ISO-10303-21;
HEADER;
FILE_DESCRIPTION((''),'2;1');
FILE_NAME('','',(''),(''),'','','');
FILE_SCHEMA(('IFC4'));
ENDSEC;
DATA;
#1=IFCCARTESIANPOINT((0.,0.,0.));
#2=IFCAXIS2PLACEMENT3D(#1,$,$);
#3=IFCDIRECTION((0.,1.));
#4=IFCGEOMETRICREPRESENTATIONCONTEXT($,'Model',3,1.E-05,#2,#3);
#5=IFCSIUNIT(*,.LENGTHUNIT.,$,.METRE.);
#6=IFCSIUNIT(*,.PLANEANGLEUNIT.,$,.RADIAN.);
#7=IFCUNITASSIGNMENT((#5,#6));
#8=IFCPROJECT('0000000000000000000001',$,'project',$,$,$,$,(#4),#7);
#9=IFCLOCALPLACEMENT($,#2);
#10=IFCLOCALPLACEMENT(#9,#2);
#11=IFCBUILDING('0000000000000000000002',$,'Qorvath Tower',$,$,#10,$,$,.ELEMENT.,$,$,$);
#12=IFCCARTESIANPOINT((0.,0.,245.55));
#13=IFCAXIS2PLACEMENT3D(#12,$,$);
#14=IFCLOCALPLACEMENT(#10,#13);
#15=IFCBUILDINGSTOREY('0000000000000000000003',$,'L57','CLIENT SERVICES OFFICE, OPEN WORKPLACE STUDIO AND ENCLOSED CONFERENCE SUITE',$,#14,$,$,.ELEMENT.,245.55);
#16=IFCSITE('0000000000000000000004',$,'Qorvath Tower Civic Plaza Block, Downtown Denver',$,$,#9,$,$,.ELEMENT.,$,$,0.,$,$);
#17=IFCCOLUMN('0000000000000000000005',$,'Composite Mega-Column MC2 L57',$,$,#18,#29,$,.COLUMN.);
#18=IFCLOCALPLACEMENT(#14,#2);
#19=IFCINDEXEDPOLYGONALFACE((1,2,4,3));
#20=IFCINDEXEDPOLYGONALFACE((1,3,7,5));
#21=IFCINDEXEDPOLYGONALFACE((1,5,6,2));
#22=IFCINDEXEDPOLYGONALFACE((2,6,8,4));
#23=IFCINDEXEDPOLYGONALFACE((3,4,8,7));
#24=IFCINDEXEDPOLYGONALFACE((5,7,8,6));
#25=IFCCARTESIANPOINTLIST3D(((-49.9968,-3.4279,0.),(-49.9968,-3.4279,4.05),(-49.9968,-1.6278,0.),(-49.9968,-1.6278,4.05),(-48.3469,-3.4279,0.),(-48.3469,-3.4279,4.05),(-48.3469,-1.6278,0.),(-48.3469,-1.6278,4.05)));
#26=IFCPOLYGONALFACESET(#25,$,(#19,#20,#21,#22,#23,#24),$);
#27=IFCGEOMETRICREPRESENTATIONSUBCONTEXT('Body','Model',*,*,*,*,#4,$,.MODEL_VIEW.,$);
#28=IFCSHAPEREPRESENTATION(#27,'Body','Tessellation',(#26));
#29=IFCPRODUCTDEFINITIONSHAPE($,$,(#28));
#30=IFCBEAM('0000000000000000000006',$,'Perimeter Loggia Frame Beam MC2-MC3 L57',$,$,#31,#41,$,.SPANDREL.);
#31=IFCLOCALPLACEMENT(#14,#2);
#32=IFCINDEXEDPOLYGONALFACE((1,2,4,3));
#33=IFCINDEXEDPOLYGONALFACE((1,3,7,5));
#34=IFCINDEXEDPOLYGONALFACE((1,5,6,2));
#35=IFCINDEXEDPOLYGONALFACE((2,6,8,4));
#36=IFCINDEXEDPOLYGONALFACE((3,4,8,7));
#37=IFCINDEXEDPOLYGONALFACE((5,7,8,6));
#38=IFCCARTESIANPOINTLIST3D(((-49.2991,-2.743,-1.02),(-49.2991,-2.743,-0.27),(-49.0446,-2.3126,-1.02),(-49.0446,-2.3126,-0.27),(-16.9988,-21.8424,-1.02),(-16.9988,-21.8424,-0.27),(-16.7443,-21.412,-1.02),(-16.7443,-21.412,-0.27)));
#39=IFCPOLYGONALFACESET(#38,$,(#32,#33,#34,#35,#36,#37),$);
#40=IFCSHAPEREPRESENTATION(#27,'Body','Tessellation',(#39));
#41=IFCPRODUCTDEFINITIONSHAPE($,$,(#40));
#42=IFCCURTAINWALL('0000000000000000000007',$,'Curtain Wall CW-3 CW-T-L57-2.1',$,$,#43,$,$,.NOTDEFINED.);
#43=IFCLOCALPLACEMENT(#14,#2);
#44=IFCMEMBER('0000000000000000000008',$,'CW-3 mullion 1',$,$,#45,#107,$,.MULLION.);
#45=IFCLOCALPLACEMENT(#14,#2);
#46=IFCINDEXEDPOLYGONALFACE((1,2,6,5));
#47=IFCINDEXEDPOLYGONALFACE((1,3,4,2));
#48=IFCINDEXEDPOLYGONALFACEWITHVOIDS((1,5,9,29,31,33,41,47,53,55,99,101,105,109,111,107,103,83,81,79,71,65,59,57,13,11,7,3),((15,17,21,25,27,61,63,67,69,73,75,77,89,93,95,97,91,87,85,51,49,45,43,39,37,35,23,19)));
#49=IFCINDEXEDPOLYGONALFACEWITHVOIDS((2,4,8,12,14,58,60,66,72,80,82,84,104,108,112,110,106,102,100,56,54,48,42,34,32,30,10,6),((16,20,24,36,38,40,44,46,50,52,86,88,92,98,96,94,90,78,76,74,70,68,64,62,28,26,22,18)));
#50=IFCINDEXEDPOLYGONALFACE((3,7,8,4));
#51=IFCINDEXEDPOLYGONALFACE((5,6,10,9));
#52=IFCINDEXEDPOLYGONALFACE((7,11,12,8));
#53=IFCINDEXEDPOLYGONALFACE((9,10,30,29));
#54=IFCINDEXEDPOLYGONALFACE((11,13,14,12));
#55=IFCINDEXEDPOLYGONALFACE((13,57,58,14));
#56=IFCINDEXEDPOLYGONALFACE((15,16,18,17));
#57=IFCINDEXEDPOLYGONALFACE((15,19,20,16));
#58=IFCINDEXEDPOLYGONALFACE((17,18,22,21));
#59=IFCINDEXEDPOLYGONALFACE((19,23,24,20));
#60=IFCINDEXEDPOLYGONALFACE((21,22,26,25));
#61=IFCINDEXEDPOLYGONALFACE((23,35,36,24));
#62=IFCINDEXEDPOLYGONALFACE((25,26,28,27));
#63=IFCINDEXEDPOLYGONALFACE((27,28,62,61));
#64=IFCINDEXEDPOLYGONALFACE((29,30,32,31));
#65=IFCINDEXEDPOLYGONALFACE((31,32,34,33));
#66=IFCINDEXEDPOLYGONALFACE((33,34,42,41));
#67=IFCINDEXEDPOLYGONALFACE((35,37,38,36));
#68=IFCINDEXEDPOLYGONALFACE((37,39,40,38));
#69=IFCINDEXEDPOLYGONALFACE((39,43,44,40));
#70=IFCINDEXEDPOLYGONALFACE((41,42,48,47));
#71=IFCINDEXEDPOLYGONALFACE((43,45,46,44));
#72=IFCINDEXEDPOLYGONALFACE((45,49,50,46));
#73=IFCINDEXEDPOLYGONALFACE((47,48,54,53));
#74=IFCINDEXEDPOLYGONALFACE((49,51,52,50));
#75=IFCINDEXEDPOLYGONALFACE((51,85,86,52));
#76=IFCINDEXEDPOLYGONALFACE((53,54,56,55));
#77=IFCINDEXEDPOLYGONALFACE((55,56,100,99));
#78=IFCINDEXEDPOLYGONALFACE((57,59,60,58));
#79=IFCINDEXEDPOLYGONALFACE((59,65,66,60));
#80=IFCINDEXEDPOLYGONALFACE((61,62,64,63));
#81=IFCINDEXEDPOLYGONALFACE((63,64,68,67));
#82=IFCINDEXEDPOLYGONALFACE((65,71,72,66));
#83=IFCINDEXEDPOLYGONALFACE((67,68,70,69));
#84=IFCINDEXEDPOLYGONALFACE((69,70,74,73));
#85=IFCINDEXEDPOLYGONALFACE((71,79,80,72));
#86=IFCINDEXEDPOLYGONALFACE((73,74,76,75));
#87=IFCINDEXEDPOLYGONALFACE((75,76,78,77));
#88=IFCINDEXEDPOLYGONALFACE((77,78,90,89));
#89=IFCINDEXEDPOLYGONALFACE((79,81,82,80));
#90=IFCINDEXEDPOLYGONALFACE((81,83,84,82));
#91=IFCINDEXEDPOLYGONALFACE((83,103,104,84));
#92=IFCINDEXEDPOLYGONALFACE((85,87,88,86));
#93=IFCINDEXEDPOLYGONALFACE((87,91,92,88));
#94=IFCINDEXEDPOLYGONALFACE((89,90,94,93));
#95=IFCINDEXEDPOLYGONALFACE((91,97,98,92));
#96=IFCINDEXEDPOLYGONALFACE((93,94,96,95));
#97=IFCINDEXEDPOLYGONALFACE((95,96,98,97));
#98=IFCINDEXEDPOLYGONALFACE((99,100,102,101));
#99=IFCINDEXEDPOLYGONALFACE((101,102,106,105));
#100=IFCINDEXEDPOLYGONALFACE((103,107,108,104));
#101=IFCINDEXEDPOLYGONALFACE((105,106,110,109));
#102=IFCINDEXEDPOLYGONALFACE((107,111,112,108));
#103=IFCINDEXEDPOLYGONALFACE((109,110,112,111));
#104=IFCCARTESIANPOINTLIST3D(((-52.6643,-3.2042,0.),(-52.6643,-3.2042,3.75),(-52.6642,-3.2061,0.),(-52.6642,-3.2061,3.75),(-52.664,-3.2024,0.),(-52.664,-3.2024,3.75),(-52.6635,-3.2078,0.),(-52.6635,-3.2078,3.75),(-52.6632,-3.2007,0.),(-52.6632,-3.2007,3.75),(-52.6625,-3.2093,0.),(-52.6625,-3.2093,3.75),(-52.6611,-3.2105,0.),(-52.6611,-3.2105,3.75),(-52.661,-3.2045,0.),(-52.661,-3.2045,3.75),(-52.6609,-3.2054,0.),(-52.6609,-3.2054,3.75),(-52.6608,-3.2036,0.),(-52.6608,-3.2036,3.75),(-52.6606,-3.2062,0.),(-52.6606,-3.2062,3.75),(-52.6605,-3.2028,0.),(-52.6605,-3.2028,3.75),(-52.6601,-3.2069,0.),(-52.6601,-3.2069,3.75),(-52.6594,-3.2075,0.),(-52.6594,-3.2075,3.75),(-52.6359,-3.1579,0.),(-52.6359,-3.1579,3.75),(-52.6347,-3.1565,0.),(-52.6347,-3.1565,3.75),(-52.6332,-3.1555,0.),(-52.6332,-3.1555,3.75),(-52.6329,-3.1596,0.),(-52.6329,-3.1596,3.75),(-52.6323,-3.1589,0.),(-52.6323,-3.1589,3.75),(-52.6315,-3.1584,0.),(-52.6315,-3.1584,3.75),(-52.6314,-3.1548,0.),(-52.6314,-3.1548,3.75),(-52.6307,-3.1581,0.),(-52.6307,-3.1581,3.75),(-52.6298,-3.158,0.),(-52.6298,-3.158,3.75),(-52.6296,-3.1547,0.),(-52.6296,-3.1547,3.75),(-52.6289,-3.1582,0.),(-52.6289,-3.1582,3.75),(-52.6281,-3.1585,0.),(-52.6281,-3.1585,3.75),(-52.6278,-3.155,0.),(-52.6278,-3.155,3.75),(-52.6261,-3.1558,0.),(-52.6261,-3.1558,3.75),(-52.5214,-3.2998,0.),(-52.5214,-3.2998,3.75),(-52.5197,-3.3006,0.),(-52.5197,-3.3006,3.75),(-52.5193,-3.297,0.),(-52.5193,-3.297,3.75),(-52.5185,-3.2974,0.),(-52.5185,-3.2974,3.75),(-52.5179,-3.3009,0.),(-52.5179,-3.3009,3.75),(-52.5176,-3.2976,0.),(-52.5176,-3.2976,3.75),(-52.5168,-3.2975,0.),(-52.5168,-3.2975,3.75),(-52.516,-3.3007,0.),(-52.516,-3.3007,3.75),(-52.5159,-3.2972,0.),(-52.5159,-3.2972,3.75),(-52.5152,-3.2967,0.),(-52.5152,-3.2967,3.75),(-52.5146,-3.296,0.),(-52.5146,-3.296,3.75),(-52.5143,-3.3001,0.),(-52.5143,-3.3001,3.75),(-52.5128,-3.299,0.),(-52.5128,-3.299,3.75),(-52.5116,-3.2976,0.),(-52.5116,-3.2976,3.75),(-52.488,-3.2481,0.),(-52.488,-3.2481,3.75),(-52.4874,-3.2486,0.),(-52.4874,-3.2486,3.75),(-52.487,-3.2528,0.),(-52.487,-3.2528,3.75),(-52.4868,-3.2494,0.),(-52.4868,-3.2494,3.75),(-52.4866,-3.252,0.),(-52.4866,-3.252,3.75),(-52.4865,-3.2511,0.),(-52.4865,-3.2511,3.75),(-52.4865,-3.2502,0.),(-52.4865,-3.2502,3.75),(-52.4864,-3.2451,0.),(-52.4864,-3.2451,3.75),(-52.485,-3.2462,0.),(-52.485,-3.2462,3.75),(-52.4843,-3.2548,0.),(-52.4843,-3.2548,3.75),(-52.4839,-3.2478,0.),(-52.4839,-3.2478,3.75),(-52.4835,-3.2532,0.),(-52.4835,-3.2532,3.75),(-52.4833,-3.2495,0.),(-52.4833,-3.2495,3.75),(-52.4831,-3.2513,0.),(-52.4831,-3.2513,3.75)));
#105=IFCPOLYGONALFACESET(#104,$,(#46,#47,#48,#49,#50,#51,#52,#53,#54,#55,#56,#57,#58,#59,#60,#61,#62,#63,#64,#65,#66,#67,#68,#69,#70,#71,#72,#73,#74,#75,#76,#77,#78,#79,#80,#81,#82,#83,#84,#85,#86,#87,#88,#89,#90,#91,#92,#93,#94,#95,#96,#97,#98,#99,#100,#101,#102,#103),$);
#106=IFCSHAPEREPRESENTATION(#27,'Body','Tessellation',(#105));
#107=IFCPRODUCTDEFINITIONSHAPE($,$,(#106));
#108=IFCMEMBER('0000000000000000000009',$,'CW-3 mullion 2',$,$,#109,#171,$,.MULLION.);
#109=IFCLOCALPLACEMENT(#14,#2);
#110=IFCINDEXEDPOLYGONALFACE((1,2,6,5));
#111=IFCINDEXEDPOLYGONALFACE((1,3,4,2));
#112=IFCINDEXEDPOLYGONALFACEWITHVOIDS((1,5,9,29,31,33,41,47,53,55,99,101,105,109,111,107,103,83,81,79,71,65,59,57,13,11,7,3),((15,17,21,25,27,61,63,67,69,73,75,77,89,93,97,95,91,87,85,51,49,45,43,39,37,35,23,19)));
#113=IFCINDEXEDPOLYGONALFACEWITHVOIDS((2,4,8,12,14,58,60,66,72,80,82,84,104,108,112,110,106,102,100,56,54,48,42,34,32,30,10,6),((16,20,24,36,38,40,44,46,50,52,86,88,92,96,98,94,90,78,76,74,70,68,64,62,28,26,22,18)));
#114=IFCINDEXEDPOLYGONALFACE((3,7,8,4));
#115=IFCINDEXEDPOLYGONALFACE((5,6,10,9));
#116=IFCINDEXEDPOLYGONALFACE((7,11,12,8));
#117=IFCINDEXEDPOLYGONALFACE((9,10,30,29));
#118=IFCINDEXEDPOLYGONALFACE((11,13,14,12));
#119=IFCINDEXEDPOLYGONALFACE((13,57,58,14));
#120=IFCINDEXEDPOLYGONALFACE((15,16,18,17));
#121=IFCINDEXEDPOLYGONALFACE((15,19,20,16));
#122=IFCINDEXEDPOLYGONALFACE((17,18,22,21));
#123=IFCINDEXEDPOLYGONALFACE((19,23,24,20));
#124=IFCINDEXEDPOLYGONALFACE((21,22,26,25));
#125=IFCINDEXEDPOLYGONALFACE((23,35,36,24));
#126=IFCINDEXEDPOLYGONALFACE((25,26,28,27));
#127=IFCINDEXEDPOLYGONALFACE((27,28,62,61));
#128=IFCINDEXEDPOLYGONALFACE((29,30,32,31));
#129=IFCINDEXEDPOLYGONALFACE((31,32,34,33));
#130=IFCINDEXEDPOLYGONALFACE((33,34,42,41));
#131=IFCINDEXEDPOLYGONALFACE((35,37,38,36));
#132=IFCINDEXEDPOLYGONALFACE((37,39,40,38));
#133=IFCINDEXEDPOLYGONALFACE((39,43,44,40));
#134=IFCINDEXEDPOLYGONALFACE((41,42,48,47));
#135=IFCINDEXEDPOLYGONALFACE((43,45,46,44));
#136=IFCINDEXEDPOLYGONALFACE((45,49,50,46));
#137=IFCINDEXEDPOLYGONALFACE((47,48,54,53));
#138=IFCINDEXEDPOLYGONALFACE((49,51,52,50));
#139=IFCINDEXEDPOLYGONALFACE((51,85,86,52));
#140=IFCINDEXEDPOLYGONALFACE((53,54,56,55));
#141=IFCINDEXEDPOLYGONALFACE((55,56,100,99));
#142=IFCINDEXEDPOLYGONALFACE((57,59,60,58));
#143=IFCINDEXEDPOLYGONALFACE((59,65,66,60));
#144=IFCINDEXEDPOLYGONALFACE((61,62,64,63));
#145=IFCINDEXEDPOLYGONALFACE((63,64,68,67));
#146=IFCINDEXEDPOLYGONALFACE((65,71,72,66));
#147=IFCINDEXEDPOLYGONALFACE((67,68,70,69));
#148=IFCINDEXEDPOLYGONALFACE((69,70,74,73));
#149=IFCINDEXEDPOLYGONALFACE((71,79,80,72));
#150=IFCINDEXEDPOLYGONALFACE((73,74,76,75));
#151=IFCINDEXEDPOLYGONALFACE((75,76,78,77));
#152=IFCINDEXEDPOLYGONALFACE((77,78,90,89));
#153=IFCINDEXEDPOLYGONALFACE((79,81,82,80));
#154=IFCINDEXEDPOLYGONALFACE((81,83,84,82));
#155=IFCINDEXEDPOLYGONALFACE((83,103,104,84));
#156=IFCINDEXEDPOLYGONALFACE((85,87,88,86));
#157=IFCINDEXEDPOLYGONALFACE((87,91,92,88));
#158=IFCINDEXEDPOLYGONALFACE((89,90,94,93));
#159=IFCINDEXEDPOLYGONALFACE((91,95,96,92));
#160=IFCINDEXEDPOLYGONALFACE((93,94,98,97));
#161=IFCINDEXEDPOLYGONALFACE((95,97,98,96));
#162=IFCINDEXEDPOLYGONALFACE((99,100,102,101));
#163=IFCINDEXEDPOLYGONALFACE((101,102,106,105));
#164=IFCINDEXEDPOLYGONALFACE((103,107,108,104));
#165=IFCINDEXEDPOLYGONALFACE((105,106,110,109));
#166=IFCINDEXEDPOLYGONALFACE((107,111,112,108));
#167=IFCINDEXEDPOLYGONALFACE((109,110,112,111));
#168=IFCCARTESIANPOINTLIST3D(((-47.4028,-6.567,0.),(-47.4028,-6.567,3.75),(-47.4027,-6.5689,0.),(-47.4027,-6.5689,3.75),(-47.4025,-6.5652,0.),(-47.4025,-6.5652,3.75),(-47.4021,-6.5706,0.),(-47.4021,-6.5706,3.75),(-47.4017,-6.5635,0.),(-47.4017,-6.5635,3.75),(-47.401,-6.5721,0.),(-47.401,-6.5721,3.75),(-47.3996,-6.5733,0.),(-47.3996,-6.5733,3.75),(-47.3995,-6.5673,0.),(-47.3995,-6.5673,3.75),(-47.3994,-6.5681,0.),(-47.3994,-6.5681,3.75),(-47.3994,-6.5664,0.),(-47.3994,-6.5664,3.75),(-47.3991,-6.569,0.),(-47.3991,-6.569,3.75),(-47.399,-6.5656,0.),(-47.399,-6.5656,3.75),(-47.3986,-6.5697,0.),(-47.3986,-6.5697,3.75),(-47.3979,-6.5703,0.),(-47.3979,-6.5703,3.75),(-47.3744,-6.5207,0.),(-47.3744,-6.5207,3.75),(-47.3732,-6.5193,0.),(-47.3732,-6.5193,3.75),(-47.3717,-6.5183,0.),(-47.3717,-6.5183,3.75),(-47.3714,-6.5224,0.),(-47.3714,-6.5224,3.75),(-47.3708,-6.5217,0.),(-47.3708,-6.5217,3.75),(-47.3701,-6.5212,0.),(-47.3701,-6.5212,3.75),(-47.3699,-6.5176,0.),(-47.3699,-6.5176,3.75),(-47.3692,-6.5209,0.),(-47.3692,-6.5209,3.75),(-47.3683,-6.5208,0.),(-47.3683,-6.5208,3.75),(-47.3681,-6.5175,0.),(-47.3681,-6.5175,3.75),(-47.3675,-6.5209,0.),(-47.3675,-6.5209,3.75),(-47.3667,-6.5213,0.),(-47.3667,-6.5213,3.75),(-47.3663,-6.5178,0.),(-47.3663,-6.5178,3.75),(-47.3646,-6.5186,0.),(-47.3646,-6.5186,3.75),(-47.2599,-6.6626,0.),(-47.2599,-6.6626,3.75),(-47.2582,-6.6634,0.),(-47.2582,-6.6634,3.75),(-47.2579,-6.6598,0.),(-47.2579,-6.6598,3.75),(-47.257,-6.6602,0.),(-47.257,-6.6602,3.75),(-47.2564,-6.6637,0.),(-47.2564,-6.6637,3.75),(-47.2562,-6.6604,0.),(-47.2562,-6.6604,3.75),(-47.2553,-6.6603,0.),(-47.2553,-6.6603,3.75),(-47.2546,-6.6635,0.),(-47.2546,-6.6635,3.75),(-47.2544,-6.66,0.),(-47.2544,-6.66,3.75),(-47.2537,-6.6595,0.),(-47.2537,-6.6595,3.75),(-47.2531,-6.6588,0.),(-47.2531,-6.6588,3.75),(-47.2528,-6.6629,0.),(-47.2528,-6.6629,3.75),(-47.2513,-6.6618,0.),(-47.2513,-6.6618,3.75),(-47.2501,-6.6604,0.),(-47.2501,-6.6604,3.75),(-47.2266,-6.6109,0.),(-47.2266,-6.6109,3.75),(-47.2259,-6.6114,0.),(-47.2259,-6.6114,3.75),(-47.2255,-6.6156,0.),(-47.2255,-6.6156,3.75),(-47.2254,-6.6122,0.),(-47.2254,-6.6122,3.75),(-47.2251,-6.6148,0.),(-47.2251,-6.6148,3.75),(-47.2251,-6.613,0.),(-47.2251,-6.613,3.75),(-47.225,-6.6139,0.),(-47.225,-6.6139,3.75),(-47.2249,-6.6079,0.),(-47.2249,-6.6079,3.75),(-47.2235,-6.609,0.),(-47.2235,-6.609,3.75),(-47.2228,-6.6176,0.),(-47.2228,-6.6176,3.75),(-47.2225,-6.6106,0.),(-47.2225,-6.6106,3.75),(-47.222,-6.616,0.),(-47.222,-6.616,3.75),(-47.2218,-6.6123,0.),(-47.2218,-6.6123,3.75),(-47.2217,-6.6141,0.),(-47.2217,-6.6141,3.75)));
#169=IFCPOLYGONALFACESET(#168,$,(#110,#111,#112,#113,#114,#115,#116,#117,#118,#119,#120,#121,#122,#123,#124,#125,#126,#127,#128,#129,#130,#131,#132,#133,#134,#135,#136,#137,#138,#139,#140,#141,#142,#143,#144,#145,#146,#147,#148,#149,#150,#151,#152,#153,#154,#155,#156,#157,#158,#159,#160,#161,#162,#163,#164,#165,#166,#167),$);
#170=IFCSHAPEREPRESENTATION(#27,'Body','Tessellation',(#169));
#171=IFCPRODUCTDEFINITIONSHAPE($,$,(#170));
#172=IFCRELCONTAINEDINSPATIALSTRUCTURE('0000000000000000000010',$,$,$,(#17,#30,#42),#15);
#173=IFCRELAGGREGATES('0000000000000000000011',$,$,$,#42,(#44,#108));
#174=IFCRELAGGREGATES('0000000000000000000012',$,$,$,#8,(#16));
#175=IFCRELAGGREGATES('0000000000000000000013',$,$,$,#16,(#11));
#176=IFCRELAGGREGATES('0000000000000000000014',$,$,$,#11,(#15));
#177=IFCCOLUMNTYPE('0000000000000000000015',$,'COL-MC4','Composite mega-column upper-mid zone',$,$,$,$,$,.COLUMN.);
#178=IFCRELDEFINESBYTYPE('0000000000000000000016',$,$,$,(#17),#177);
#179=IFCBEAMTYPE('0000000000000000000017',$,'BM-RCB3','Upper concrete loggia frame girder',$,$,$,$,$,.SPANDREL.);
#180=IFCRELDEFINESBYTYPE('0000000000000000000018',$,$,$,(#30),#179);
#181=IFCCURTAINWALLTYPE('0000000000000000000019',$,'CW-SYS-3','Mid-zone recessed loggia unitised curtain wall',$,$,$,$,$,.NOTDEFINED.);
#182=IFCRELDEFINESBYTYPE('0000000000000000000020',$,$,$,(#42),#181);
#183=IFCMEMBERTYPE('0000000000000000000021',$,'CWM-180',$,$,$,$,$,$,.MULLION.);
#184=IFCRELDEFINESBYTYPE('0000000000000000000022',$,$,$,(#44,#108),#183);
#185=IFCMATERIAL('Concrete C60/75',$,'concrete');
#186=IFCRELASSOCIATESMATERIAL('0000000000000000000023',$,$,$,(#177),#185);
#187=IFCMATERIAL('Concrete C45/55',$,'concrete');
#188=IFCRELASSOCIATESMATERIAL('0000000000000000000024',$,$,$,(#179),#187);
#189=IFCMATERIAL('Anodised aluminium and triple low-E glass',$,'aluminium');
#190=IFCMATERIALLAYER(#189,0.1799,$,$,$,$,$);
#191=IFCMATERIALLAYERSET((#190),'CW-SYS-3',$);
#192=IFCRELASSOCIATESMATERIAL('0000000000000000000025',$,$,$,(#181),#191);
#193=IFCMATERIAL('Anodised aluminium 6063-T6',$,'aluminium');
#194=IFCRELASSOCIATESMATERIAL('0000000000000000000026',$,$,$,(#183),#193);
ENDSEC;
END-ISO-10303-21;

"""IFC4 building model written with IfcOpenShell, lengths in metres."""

from ifc_helpers import new_model, si_unit, direction, frame, origin, origin_2d, place, context, subcontext, project, spatial, rectangle, hollow_rectangle, extrude, material, layer, layer_set, material_profile, profile_set, type_object, element, aggregate, save


model = new_model("IFC4")

# Units and contexts
model_context = context("Model", 3, precision=1e-05, world=origin(), true_north=direction((0.0, 1.0)))
body_context = subcontext(model_context, "Body", "Model", "MODEL_VIEW")
ifc_project = project(units=[si_unit("LENGTHUNIT", "METRE"), si_unit("PLANEANGLEUNIT", "RADIAN")], contexts=[model_context])

# Site, building, storey
site_placement = place(None, origin())
site = spatial("IfcSite", under=ifc_project, at=site_placement, Name="Qorvath Tower Civic Plaza Block, Downtown Denver", CompositionType="ELEMENT", RefElevation=0.0)
building_placement = place(site_placement, origin())
building = spatial("IfcBuilding", under=site, at=building_placement, Name="Qorvath Tower", CompositionType="ELEMENT")
storey_placement = place(building_placement, frame((0.0, 0.0, 245.55)))
storey = spatial("IfcBuildingStorey", under=building, at=storey_placement, Name="L57", Description="CLIENT SERVICES OFFICE, OPEN WORKPLACE STUDIO AND ENCLOSED CONFERENCE SUITE", CompositionType="ELEMENT", Elevation=245.55)

# Column
ifc_material_1 = material(Name="Concrete C60/75", Category="concrete")
ifc_material_profile_1 = material_profile(ifc_material_1, rectangle(XDim=1.6499, YDim=1.8, at=origin_2d()), Name="MC 1800x1650")
ifc_profile_set_1 = profile_set([ifc_material_profile_1], Name="Concrete C60/75")
column_type = type_object("IfcColumnType", Name="COL-MC4", Description="Composite mega-column upper-mid zone", PredefinedType="COLUMN", material=ifc_profile_set_1)
column_placement = place(storey_placement, frame((-49.1719, -2.5278, 0.0), z_axis=(0.0, 0.0, 1.0), x_axis=(1.0, 0.0, 0.0)))
element("IfcColumn", 1, at=column_placement, inside=storey, type_object=column_type, Name="Composite Mega-Column MC2 L57", PredefinedType="COLUMN", context=body_context, shape_type="SweptSolid", body=[
    extrude(rectangle(XDim=1.6499, YDim=1.8, at=origin_2d()), origin(), (0.0, 0.0, 1.0), 4.05),
])

# Beam
ifc_material_2 = material(Name="Concrete C45/55", Category="concrete")
ifc_material_profile_2 = material_profile(ifc_material_2, rectangle(XDim=0.5, YDim=0.75, at=origin_2d()), Name="RCB 750x500")
ifc_profile_set_2 = profile_set([ifc_material_profile_2], Name="Concrete C45/55")
beam_type = type_object("IfcBeamType", Name="BM-RCB3", Description="Upper concrete loggia frame girder", PredefinedType="SPANDREL", material=ifc_profile_set_2)
beam_placement = place(storey_placement, frame((-49.1719, -2.5278, -0.645), z_axis=(0.860777, -0.508983, 0.0), x_axis=(0.508983, 0.860777, 0.0)))
element("IfcBeam", 2, at=beam_placement, inside=storey, type_object=beam_type, Name="Perimeter Loggia Frame Beam MC2-MC3 L57", PredefinedType="SPANDREL", context=body_context, shape_type="SweptSolid", body=[
    extrude(rectangle(XDim=0.5, YDim=0.75, at=origin_2d()), origin(), (0.0, 0.0, 1.0), 37.5247),
])

# Curtain wall, members
ifc_material_3 = material(Name="Anodised aluminium and triple low-E glass", Category="aluminium")
ifc_layer_1 = layer(ifc_material_3, 0.1799)
ifc_layer_set_1 = layer_set([ifc_layer_1], Name="CW-SYS-3")
curtain_wall_type = type_object("IfcCurtainWallType", Name="CW-SYS-3", Description="Mid-zone recessed loggia unitised curtain wall", PredefinedType="NOTDEFINED", material=ifc_layer_set_1)
curtain_wall_1_placement = place(storey_placement, origin())
curtain_wall_1 = element("IfcCurtainWall", 3, at=curtain_wall_1_placement, inside=storey, type_object=curtain_wall_type, Name="Curtain Wall CW-3 CW-T-L57-2.1", PredefinedType="NOTDEFINED")
ifc_material_4 = material(Name="Anodised aluminium 6063-T6", Category="aluminium")
ifc_material_profile_3 = material_profile(ifc_material_4, hollow_rectangle(XDim=0.0649, YDim=0.1799, WallThickness=0.0034, InnerFilletRadius=0.0034, OuterFilletRadius=0.0071, at=origin_2d()), Name="CWM 180x65")
ifc_profile_set_3 = profile_set([ifc_material_profile_3], Name="Anodised aluminium 6063-T6")
member_type_1 = type_object("IfcMemberType", Name="CWM-180", PredefinedType="MULLION", material=ifc_profile_set_3)
member_1_placement = place(storey_placement, frame((-52.5737, -3.2278, 0.0), z_axis=(0.0, 0.0, 1.0), x_axis=(0.538531, 0.842605, 0.0)))
member_1 = element("IfcMember", 4, at=member_1_placement, type_object=member_type_1, Name="CW-3 mullion 1", PredefinedType="MULLION", context=body_context, shape_type="SweptSolid", body=[
    extrude(hollow_rectangle(XDim=0.0649, YDim=0.1799, WallThickness=0.0034, InnerFilletRadius=0.0034, OuterFilletRadius=0.0071, at=origin_2d()), origin(), (0.0, 0.0, 1.0), 3.75),
])
member_2_placement = place(storey_placement, frame((-47.3123, -6.5906, 0.0), z_axis=(0.0, 0.0, 1.0), x_axis=(0.538531, 0.842605, 0.0)))
member_2 = element("IfcMember", 5, at=member_2_placement, type_object=member_type_1, Name="CW-3 mullion 2", PredefinedType="MULLION", context=body_context, shape_type="SweptSolid", body=[
    extrude(hollow_rectangle(XDim=0.0649, YDim=0.1799, WallThickness=0.0034, InnerFilletRadius=0.0034, OuterFilletRadius=0.0071, at=origin_2d()), origin(), (0.0, 0.0, 1.0), 3.75),
])

aggregate(curtain_wall_1, [member_1, member_2])

save(model, "model.ifc")
